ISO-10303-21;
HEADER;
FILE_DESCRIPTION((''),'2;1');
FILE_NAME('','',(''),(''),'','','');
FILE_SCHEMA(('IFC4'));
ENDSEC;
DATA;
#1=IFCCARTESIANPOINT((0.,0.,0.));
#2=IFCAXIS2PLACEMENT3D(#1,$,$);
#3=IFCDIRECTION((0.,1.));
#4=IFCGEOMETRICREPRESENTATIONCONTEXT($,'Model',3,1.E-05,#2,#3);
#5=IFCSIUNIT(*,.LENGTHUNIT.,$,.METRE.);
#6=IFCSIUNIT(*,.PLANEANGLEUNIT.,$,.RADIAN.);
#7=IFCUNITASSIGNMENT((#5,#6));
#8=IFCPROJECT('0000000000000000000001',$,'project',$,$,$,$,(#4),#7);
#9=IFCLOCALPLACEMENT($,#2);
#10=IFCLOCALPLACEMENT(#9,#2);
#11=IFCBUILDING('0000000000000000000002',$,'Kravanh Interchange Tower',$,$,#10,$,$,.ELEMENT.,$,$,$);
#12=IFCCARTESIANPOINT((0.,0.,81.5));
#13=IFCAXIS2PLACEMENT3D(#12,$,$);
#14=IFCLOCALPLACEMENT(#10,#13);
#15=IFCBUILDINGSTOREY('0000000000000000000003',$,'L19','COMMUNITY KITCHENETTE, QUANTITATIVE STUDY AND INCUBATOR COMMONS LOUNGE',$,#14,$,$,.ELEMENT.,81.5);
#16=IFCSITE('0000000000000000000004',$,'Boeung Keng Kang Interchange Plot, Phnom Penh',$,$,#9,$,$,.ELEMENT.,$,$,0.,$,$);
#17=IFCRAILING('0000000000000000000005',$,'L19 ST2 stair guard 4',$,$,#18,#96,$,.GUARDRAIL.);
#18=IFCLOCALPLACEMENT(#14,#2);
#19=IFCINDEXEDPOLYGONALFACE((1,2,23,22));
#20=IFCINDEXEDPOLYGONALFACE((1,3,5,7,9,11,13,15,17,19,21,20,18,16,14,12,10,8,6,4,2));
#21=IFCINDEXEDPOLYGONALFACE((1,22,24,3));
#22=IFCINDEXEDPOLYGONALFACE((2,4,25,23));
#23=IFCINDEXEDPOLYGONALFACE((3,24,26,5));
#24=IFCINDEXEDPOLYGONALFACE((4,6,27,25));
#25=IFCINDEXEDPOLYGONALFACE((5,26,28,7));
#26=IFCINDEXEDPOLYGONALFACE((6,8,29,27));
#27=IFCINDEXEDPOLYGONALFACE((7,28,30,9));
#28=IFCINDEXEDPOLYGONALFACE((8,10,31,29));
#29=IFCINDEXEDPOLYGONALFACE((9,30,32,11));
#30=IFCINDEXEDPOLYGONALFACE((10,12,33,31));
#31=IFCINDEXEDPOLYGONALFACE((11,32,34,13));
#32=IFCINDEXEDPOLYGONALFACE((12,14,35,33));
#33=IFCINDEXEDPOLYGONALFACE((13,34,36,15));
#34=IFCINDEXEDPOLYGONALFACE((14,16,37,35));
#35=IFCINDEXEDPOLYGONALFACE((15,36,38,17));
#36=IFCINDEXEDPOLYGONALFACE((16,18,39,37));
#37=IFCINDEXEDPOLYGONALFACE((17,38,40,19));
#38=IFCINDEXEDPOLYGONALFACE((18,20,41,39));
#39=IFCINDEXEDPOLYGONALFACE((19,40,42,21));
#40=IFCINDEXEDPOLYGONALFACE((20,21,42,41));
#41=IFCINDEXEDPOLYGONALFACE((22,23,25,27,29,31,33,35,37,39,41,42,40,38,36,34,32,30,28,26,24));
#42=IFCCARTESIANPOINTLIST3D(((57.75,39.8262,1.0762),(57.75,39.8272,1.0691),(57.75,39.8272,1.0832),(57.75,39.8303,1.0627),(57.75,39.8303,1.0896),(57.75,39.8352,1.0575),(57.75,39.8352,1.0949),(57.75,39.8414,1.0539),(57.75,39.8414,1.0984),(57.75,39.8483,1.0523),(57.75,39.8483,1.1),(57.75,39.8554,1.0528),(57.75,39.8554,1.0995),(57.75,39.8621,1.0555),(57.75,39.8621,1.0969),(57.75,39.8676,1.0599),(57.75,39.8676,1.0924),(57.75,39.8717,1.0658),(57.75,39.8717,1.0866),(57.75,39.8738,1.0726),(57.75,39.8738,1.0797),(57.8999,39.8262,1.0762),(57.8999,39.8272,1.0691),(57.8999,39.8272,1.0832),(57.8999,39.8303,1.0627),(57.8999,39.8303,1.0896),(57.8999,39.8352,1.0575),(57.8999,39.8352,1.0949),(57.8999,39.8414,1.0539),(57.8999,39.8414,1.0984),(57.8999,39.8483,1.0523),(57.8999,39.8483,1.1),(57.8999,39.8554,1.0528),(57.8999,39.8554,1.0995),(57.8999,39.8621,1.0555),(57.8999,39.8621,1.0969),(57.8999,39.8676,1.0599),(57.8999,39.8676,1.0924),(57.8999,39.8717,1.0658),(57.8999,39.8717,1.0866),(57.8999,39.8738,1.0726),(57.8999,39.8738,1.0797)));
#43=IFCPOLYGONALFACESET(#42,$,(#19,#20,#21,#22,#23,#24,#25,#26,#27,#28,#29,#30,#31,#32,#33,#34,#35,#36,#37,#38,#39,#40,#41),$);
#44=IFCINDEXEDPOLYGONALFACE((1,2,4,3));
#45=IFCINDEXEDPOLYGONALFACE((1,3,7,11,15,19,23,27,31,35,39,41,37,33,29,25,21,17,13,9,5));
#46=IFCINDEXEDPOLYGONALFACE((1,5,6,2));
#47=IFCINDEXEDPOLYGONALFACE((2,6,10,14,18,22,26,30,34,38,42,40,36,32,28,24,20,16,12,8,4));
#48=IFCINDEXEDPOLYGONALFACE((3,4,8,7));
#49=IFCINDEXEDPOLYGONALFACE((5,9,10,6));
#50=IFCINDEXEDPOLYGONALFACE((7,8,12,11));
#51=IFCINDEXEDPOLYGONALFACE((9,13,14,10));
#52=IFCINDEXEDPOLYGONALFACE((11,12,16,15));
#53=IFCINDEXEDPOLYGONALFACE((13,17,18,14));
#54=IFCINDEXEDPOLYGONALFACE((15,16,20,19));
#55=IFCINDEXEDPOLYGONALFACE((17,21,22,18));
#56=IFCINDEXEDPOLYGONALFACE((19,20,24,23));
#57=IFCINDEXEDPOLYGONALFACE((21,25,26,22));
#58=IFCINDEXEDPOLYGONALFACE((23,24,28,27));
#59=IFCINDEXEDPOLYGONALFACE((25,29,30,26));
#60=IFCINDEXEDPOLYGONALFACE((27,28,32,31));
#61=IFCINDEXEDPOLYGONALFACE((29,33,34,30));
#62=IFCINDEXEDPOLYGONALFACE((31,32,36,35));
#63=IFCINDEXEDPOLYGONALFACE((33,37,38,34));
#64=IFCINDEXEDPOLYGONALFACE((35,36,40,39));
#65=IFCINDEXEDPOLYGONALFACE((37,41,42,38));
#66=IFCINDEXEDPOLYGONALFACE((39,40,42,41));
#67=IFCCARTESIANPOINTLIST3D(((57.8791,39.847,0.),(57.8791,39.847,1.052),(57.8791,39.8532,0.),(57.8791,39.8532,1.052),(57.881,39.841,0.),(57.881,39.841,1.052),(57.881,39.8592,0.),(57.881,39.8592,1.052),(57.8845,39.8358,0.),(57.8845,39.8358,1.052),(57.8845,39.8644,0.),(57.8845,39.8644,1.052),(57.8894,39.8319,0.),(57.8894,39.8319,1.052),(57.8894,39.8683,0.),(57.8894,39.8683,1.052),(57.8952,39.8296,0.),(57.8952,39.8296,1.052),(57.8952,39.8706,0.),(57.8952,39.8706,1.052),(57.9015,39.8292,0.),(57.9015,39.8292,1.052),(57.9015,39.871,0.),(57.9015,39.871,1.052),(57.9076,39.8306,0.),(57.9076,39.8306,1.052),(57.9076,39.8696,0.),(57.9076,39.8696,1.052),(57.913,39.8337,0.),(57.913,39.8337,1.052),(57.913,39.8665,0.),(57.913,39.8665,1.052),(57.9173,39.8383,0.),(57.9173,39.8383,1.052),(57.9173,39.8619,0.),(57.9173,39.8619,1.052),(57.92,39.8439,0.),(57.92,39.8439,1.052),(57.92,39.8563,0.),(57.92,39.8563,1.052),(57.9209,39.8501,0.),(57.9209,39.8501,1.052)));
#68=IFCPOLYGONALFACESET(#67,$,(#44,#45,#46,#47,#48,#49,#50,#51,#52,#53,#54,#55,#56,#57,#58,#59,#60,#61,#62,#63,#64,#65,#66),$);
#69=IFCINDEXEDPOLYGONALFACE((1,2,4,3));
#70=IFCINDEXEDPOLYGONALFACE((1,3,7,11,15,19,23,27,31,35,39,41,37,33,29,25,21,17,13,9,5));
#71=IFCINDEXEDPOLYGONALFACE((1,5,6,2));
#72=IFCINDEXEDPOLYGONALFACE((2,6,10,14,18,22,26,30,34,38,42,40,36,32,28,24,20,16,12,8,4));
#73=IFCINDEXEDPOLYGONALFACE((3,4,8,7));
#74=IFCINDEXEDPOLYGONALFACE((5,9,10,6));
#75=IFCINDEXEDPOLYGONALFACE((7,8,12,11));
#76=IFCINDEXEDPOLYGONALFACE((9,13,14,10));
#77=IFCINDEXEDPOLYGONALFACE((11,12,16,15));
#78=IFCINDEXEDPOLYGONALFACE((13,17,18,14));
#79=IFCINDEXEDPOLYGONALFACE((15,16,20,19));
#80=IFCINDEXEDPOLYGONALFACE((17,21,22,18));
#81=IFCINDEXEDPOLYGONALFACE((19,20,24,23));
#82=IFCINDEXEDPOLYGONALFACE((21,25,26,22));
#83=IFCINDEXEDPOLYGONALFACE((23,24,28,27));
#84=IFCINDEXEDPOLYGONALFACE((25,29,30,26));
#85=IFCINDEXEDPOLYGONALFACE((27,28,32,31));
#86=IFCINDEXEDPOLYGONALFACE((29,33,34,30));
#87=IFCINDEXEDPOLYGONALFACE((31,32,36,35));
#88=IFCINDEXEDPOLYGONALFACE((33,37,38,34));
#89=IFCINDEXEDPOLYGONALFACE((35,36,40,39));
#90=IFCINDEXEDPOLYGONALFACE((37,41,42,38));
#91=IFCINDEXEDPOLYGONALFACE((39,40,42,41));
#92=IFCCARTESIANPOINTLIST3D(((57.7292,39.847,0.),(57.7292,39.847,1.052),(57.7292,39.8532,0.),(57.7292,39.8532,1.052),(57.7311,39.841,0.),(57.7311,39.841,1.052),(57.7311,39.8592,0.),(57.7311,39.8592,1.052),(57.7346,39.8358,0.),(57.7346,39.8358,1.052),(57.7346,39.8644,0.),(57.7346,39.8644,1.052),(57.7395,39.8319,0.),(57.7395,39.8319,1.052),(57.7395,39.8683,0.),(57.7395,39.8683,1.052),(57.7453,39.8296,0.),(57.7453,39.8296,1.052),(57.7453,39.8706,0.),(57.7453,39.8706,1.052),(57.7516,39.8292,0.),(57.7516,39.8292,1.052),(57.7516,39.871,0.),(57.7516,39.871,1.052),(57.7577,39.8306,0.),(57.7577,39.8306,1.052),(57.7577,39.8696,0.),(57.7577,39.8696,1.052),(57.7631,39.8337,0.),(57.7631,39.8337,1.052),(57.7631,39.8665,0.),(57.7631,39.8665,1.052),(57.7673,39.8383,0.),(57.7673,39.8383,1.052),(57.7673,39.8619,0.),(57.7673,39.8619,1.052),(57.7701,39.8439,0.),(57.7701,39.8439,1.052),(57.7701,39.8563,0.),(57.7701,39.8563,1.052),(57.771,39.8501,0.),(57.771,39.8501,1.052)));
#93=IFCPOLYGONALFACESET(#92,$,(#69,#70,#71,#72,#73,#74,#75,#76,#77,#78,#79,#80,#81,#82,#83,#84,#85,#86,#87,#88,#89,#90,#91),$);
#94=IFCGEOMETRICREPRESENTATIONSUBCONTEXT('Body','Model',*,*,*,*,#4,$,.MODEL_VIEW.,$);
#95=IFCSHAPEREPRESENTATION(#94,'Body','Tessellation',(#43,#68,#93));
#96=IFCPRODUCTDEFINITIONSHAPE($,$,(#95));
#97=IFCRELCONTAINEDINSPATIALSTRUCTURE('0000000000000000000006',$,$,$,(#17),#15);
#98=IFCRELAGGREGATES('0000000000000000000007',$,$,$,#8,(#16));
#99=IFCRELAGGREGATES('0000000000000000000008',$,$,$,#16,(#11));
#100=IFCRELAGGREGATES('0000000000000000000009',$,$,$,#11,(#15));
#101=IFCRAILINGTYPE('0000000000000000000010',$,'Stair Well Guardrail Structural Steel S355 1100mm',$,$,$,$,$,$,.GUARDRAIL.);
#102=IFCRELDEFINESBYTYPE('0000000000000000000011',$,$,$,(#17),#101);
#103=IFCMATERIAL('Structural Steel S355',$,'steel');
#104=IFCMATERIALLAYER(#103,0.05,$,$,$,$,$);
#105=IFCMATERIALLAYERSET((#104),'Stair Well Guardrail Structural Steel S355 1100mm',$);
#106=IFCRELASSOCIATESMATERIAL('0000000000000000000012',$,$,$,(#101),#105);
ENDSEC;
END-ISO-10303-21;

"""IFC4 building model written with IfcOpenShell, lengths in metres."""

from ifc_helpers import new_model, si_unit, direction, frame, origin, origin_2d, place, context, subcontext, project, spatial, circle, extrude, material, layer, layer_set, type_object, element, save


model = new_model("IFC4")

# Units and contexts
model_context = context("Model", 3, precision=1e-05, world=origin(), true_north=direction((0.0, 1.0)))
body_context = subcontext(model_context, "Body", "Model", "MODEL_VIEW")
ifc_project = project(units=[si_unit("LENGTHUNIT", "METRE"), si_unit("PLANEANGLEUNIT", "RADIAN")], contexts=[model_context])

# Site, building, storey
site_placement = place(None, origin())
site = spatial("IfcSite", under=ifc_project, at=site_placement, Name="Boeung Keng Kang Interchange Plot, Phnom Penh", CompositionType="ELEMENT", RefElevation=0.0)
building_placement = place(site_placement, origin())
building = spatial("IfcBuilding", under=site, at=building_placement, Name="Kravanh Interchange Tower", CompositionType="ELEMENT")
storey_placement = place(building_placement, frame((0.0, 0.0, 81.5)))
storey = spatial("IfcBuildingStorey", under=building, at=storey_placement, Name="L19", Description="COMMUNITY KITCHENETTE, QUANTITATIVE STUDY AND INCUBATOR COMMONS LOUNGE", CompositionType="ELEMENT", Elevation=81.5)

# Railing
ifc_material_1 = material(Name="Structural Steel S355", Category="steel")
ifc_layer_1 = layer(ifc_material_1, 0.05)
ifc_layer_set_1 = layer_set([ifc_layer_1], Name="Stair Well Guardrail Structural Steel S355 1100mm")
railing_type_1 = type_object("IfcRailingType", Name="Stair Well Guardrail Structural Steel S355 1100mm", PredefinedType="GUARDRAIL", material=ifc_layer_set_1)
railing_1_placement = place(storey_placement, frame((57.8999, 39.8501, 0.0)))
element("IfcRailing", 1, at=railing_1_placement, inside=storey, type_object=railing_type_1, Name="L19 ST2 stair guard 4", PredefinedType="GUARDRAIL", context=body_context, shape_type="SweptSolid", body=[
    extrude(circle(Radius=0.0239, at=origin_2d()), frame((0.0, 0.0, 1.0762), z_axis=(-1.0, 0.0, 0.0), x_axis=(0.0, -1.0, 0.0)), (0.0, 0.0, 1.0), 0.1499),
    extrude(circle(Radius=0.021, at=origin_2d()), origin(), (0.0, 0.0, 1.0), 1.052),
    extrude(circle(Radius=0.021, at=origin_2d()), frame((-0.1499, 0.0, 0.0)), (0.0, 0.0, 1.0), 1.052),
])

save(model, "model.ifc")
